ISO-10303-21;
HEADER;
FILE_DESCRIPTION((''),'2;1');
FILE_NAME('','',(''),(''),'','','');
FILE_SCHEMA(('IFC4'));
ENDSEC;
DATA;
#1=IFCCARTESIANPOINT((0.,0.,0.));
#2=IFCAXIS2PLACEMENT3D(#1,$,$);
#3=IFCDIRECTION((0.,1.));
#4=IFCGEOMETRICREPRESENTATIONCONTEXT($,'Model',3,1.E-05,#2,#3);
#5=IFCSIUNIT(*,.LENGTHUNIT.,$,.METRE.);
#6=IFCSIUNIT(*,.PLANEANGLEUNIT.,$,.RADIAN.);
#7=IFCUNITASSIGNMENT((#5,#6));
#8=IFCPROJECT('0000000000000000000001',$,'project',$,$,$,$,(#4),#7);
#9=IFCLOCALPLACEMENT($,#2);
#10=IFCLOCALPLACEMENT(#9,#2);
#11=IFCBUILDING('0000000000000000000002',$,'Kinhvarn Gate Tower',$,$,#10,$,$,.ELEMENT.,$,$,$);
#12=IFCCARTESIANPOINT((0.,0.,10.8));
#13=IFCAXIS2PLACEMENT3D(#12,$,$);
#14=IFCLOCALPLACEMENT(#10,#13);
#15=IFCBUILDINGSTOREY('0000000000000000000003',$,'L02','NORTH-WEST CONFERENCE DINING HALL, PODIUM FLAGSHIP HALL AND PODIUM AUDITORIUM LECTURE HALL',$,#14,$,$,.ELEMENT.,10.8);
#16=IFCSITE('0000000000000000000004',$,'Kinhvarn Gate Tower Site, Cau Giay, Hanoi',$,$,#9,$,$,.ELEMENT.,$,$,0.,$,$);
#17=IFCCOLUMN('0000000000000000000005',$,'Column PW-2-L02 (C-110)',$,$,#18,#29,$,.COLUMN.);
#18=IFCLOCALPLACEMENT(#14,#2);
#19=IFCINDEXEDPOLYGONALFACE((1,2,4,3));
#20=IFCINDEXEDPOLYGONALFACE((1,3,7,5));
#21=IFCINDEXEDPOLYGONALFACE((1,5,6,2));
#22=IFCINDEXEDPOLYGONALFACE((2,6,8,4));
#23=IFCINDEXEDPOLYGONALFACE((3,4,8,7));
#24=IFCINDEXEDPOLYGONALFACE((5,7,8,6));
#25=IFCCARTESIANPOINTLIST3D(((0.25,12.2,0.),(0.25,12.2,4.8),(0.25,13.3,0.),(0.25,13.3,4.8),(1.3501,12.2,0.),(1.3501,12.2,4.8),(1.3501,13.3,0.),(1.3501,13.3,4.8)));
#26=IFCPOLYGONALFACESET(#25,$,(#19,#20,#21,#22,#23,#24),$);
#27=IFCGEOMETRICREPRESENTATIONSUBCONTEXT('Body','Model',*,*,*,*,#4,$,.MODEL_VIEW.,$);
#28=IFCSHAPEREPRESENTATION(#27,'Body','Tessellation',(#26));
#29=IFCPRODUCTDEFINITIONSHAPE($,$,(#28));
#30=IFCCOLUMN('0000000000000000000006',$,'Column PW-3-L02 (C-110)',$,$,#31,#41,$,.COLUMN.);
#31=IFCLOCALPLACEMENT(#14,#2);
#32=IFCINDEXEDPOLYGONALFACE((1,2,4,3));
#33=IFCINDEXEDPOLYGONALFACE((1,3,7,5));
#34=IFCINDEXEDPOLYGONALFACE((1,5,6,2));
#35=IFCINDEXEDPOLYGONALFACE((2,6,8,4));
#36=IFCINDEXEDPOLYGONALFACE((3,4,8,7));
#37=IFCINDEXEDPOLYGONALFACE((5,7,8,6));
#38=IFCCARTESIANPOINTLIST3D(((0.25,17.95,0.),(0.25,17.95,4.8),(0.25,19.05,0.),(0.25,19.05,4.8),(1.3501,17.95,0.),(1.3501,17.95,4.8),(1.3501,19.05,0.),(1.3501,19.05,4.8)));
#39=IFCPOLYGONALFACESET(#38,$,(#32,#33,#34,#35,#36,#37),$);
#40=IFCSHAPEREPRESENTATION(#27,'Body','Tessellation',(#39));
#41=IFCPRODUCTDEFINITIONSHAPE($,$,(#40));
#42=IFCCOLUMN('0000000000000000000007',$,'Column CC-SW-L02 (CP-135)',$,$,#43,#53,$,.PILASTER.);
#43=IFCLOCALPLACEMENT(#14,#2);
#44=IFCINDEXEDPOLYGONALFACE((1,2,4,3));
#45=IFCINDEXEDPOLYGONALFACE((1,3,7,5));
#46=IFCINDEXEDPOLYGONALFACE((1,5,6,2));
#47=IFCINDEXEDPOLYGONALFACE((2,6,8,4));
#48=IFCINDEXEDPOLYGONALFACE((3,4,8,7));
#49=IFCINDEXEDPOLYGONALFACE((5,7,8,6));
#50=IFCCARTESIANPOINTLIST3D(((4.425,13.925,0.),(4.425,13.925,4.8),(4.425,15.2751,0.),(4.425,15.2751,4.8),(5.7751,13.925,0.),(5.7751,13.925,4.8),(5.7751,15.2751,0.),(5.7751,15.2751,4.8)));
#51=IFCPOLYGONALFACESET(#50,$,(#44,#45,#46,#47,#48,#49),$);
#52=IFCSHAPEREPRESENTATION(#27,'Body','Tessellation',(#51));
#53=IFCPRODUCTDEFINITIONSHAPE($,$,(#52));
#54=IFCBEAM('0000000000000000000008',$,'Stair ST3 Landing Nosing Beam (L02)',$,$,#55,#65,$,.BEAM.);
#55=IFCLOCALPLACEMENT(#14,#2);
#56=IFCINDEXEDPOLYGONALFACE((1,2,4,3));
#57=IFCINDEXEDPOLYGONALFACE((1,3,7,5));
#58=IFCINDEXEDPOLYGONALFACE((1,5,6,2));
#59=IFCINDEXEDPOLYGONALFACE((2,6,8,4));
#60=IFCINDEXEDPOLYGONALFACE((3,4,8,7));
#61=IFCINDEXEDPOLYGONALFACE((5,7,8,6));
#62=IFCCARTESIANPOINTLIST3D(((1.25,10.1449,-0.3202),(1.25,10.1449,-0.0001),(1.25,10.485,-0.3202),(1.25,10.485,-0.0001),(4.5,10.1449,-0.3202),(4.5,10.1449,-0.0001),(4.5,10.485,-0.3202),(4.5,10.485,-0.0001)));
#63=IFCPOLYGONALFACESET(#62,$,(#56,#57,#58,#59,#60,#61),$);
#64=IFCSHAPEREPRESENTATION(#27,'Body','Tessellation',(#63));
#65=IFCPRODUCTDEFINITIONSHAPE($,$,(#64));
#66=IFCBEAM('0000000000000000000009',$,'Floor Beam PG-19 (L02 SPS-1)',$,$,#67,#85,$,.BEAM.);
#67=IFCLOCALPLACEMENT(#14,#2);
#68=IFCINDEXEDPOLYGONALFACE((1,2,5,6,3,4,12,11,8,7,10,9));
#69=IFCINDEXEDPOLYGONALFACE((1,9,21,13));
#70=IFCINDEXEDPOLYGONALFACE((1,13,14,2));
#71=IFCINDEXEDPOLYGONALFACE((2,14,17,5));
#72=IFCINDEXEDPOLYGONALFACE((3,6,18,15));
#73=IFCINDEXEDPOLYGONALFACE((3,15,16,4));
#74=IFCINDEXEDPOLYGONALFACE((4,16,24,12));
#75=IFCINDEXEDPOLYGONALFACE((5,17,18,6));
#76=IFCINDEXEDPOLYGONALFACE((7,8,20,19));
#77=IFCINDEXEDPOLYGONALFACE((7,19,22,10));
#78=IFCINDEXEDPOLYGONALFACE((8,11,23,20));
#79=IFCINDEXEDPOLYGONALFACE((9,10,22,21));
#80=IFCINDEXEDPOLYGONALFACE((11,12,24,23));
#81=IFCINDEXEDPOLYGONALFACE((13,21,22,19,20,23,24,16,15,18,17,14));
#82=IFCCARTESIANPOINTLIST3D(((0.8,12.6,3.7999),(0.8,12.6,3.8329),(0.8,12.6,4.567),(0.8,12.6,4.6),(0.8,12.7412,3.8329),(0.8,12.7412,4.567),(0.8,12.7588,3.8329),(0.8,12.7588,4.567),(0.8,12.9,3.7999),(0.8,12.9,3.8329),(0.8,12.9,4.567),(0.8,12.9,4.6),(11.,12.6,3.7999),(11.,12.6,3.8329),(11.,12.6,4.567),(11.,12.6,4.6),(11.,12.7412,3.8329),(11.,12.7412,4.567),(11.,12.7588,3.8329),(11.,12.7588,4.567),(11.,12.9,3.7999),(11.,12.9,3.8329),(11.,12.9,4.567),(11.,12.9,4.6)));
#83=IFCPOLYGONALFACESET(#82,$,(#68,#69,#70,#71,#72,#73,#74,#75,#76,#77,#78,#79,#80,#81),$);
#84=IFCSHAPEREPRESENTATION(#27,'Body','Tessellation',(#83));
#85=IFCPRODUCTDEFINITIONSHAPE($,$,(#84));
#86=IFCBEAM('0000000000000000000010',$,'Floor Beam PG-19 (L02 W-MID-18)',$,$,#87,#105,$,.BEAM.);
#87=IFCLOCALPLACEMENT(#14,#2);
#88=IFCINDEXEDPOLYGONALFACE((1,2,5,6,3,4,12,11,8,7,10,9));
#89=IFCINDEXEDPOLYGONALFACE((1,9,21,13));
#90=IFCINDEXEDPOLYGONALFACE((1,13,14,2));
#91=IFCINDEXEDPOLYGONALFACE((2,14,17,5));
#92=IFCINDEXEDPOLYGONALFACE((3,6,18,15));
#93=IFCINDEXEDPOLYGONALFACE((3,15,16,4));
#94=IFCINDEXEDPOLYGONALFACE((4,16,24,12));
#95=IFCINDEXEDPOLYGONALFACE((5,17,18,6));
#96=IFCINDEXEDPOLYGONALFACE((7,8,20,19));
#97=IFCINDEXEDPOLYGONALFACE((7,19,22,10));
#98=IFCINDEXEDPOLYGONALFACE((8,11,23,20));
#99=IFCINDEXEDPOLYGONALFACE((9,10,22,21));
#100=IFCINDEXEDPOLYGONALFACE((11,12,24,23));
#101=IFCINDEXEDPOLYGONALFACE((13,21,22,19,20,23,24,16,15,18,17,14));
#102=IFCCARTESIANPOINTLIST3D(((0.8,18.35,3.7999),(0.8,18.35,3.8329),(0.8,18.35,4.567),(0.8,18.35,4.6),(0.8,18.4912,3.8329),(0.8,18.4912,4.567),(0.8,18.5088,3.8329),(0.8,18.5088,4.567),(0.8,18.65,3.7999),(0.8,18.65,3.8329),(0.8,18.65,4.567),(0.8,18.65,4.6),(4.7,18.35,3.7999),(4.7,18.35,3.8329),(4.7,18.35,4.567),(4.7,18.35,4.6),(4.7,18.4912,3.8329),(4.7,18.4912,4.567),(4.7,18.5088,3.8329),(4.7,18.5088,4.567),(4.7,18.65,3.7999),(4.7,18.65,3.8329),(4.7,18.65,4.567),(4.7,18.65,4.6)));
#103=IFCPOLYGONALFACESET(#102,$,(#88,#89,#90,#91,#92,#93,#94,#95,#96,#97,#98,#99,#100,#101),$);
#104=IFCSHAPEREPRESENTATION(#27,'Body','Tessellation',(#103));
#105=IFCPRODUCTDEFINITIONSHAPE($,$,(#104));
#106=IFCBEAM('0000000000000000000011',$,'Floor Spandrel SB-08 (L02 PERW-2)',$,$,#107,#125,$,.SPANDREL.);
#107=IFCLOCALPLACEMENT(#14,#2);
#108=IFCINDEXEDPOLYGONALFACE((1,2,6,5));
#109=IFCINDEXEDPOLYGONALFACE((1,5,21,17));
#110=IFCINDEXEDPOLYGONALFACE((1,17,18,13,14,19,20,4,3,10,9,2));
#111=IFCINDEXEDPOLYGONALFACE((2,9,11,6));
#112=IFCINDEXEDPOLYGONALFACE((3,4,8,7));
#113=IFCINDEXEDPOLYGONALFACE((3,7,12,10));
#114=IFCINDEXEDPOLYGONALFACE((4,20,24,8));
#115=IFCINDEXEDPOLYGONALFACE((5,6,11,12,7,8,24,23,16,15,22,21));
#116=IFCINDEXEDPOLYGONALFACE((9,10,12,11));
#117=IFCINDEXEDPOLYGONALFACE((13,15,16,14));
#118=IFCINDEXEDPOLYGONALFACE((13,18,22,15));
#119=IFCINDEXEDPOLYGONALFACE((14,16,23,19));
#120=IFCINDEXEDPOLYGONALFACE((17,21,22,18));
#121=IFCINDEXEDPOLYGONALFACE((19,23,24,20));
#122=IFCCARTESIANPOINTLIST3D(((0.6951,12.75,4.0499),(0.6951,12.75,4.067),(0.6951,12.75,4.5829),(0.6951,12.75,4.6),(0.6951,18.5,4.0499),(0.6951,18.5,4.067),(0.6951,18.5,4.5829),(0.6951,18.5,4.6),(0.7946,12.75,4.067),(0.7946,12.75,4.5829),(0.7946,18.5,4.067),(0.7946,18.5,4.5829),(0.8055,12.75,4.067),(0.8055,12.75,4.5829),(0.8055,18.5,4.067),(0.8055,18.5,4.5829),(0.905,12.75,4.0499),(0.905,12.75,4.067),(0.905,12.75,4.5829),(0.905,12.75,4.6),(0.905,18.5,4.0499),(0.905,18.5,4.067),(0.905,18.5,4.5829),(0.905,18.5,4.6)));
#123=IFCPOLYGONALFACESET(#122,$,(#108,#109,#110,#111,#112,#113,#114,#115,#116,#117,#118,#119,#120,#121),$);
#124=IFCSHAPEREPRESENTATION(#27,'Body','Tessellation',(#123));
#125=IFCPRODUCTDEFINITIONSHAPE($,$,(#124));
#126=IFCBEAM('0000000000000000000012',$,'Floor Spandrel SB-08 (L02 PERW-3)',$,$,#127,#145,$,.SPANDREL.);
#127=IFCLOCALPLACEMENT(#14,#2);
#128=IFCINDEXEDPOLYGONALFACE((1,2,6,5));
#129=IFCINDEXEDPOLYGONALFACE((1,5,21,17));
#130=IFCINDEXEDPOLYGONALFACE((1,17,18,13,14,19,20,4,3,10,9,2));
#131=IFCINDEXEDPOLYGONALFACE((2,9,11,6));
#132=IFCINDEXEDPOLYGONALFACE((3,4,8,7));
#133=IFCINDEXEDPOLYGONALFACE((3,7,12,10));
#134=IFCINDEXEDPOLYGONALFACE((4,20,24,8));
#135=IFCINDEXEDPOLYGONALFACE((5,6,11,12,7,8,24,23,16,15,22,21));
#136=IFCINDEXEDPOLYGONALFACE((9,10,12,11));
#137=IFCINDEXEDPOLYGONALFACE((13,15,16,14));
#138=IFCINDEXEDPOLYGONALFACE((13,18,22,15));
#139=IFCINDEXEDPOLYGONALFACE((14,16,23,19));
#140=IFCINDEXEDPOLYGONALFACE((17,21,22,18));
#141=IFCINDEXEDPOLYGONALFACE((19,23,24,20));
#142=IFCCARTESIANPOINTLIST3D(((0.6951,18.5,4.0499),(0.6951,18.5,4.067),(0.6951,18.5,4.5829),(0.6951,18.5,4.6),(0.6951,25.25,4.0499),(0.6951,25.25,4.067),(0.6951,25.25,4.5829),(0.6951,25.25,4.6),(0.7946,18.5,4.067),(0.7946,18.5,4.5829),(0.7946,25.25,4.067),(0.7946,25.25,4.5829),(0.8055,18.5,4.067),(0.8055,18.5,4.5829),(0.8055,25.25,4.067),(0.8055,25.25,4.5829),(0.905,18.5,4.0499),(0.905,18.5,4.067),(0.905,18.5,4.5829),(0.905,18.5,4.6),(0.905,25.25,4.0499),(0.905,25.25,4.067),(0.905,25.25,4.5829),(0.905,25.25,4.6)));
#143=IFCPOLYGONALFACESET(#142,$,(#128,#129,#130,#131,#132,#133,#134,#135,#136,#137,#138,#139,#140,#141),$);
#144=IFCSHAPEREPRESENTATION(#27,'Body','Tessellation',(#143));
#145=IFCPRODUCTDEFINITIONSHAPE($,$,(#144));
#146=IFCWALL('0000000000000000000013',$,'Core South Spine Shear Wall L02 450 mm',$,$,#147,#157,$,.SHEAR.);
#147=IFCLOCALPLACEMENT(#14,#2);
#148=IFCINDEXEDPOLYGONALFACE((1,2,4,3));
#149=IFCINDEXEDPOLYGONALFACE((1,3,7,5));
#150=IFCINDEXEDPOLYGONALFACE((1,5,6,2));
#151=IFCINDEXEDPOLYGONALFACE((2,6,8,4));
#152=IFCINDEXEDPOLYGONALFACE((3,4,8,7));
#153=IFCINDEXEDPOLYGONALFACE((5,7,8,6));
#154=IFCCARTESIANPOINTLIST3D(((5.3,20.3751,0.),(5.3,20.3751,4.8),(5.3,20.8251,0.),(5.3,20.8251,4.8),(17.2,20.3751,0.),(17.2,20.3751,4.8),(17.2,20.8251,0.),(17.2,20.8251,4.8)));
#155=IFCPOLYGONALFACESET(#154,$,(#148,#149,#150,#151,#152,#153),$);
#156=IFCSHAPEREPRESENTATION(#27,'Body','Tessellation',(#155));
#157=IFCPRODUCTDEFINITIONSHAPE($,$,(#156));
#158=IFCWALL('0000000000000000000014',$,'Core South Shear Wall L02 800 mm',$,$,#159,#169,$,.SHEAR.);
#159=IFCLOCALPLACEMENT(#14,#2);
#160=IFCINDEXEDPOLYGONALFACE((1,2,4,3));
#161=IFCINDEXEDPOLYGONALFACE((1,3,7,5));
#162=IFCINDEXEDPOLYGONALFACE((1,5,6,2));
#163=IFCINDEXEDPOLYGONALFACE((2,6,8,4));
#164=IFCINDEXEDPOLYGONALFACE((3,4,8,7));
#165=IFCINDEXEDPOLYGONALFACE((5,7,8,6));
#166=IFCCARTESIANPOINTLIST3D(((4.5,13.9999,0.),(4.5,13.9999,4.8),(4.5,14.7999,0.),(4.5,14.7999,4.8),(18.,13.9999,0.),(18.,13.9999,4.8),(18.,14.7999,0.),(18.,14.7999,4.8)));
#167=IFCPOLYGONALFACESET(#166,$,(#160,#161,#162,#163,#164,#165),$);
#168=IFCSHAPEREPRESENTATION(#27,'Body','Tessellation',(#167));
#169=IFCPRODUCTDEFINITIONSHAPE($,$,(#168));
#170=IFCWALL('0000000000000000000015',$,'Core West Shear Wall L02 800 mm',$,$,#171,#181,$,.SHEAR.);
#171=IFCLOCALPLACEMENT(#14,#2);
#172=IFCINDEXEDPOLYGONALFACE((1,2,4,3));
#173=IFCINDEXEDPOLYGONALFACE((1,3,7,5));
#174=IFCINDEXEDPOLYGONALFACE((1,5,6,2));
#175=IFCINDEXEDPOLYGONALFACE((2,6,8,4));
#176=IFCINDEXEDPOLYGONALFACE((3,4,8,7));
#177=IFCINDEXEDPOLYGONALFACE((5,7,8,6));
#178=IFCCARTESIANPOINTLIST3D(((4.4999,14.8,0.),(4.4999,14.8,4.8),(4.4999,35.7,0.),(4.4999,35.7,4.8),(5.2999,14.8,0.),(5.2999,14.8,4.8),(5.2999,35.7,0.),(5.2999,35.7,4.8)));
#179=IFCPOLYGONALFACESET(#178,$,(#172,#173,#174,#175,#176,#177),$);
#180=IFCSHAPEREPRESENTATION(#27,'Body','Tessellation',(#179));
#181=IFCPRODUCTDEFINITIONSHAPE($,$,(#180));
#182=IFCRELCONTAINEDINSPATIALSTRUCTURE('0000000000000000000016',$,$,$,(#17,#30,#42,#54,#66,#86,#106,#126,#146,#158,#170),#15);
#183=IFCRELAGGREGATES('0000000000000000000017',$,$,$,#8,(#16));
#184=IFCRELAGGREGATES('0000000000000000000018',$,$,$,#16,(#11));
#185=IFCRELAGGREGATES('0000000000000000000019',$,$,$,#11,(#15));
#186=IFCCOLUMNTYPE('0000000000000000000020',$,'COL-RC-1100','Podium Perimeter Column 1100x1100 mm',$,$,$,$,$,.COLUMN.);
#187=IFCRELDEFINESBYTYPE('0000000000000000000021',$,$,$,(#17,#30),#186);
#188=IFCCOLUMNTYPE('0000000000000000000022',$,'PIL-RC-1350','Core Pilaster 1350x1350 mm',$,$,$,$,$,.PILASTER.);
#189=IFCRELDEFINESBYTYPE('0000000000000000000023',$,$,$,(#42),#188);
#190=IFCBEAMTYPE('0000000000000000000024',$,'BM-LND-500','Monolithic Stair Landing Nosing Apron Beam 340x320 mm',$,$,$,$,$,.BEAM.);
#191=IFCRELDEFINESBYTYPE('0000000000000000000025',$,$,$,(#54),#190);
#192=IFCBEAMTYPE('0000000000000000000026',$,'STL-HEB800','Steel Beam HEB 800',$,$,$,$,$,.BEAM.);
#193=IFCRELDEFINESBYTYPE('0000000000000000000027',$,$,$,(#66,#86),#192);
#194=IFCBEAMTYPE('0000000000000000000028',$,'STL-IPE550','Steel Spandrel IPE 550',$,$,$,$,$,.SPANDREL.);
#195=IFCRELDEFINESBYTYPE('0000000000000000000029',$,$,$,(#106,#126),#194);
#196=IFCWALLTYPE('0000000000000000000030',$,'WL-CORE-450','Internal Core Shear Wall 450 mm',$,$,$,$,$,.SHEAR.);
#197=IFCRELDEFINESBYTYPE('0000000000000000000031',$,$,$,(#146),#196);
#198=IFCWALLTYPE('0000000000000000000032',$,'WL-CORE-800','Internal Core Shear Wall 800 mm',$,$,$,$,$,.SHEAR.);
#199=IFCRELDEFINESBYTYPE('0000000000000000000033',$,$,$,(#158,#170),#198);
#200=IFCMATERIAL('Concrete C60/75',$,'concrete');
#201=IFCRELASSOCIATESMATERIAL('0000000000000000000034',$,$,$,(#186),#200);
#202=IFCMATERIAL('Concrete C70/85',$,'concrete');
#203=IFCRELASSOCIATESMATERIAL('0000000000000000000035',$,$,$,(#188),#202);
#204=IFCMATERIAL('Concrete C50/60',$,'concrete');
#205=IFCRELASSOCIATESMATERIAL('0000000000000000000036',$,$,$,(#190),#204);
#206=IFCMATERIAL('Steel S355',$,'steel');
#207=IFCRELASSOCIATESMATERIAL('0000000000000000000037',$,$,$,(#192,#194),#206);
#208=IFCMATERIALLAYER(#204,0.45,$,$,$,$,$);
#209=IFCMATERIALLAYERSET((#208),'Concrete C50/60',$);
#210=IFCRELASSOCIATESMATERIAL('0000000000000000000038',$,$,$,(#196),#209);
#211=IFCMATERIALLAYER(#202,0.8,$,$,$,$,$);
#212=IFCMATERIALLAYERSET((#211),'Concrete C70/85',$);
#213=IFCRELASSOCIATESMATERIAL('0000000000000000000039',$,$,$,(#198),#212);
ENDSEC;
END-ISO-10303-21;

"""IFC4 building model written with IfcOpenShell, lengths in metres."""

from ifc_helpers import new_model, si_unit, direction, frame, frame_2d, origin, origin_2d, place, context, subcontext, project, spatial, rectangle, i_section, extrude, material, layer, layer_set, material_profile, profile_set, type_object, element, save


model = new_model("IFC4")

# Units and contexts
model_context = context("Model", 3, precision=1e-05, world=origin(), true_north=direction((0.0, 1.0)))
body_context = subcontext(model_context, "Body", "Model", "MODEL_VIEW")
ifc_project = project(units=[si_unit("LENGTHUNIT", "METRE"), si_unit("PLANEANGLEUNIT", "RADIAN")], contexts=[model_context])

# Site, building, storey
site_placement = place(None, origin())
site = spatial("IfcSite", under=ifc_project, at=site_placement, Name="Kinhvarn Gate Tower Site, Cau Giay, Hanoi", CompositionType="ELEMENT", RefElevation=0.0)
building_placement = place(site_placement, origin())
building = spatial("IfcBuilding", under=site, at=building_placement, Name="Kinhvarn Gate Tower", CompositionType="ELEMENT")
storey_placement = place(building_placement, frame((0.0, 0.0, 10.8)))
storey = spatial("IfcBuildingStorey", under=building, at=storey_placement, Name="L02", Description="NORTH-WEST CONFERENCE DINING HALL, PODIUM FLAGSHIP HALL AND PODIUM AUDITORIUM LECTURE HALL", CompositionType="ELEMENT", Elevation=10.8)

# Columns
ifc_material_1 = material(Name="Concrete C60/75", Category="concrete")
ifc_material_profile_1 = material_profile(ifc_material_1, rectangle(XDim=1.1001, YDim=1.1001, at=origin_2d()), Name="RC 1100x1100")
ifc_profile_set_1 = profile_set([ifc_material_profile_1], Name="Concrete C60/75")
column_type_1 = type_object("IfcColumnType", Name="COL-RC-1100", Description="Podium Perimeter Column 1100x1100 mm", PredefinedType="COLUMN", material=ifc_profile_set_1)
for number, where, z_axis, x_axis, name in (
    (1, (0.8, 12.75, 0.0), (0.0, 0.0, 1.0), (1.0, 0.0, 0.0), "Column PW-2-L02 (C-110)"),
    (2, (0.8, 18.5, 0.0), (0.0, 0.0, 1.0), (1.0, 0.0, 0.0), "Column PW-3-L02 (C-110)"),
):
    element("IfcColumn", number, at=place(storey_placement, frame(where, z_axis=z_axis, x_axis=x_axis)), inside=storey, type_object=column_type_1, Name=name, PredefinedType="COLUMN", context=body_context, shape_type="SweptSolid", body=[
        extrude(rectangle(XDim=1.1001, YDim=1.1001, at=origin_2d()), origin(), (0.0, 0.0, 1.0), 4.8),
    ])
ifc_material_2 = material(Name="Concrete C70/85", Category="concrete")
ifc_material_profile_2 = material_profile(ifc_material_2, rectangle(XDim=1.3501, YDim=1.3501, at=origin_2d()), Name="RC 1350x1350")
ifc_profile_set_2 = profile_set([ifc_material_profile_2], Name="Concrete C70/85")
column_type_2 = type_object("IfcColumnType", Name="PIL-RC-1350", Description="Core Pilaster 1350x1350 mm", PredefinedType="PILASTER", material=ifc_profile_set_2)
column_placement = place(storey_placement, frame((5.1001, 14.6001, 0.0), z_axis=(0.0, 0.0, 1.0), x_axis=(1.0, 0.0, 0.0)))
element("IfcColumn", 3, at=column_placement, inside=storey, type_object=column_type_2, Name="Column CC-SW-L02 (CP-135)", PredefinedType="PILASTER", context=body_context, shape_type="SweptSolid", body=[
    extrude(rectangle(XDim=1.3501, YDim=1.3501, at=origin_2d()), origin(), (0.0, 0.0, 1.0), 4.8),
])

# Beams
ifc_material_3 = material(Name="Concrete C50/60", Category="concrete")
ifc_material_profile_3 = material_profile(ifc_material_3, rectangle(XDim=0.3401, YDim=0.3201, at=origin_2d()), Name="RC 340x320")
ifc_profile_set_3 = profile_set([ifc_material_profile_3], Name="Concrete C50/60")
beam_type_1 = type_object("IfcBeamType", Name="BM-LND-500", Description="Monolithic Stair Landing Nosing Apron Beam 340x320 mm", PredefinedType="BEAM", material=ifc_profile_set_3)
beam_1_placement = place(storey_placement, frame((1.25, 10.3149, -0.1602), z_axis=(1.0, 0.0, 0.0), x_axis=(0.0, 1.0, 0.0)))
element("IfcBeam", 4, at=beam_1_placement, inside=storey, type_object=beam_type_1, Name="Stair ST3 Landing Nosing Beam (L02)", PredefinedType="BEAM", context=body_context, shape_type="SweptSolid", body=[
    extrude(rectangle(XDim=0.3401, YDim=0.3201, at=origin_2d()), origin(), (0.0, 0.0, 1.0), 3.25),
])
ifc_material_4 = material(Name="Steel S355", Category="steel")
ifc_material_profile_4 = material_profile(ifc_material_4, i_section(OverallWidth=0.3, OverallDepth=0.8, WebThickness=0.0176, FlangeThickness=0.033, at=origin_2d()), Name="HEB 800")
ifc_profile_set_4 = profile_set([ifc_material_profile_4], Name="Steel S355")
beam_type_2 = type_object("IfcBeamType", Name="STL-HEB800", Description="Steel Beam HEB 800", PredefinedType="BEAM", material=ifc_profile_set_4)
beam_2_placement = place(storey_placement, frame((0.8, 12.75, 4.2), z_axis=(1.0, 0.0, 0.0), x_axis=(0.0, 1.0, 0.0)))
element("IfcBeam", 5, at=beam_2_placement, inside=storey, type_object=beam_type_2, Name="Floor Beam PG-19 (L02 SPS-1)", PredefinedType="BEAM", context=body_context, shape_type="SweptSolid", body=[
    extrude(i_section(OverallWidth=0.3, OverallDepth=0.8, WebThickness=0.0176, FlangeThickness=0.033, at=origin_2d()), origin(), (0.0, 0.0, 1.0), 10.2),
])
beam_3_placement = place(storey_placement, frame((0.8, 18.5, 4.2), z_axis=(1.0, 0.0, 0.0), x_axis=(0.0, 1.0, 0.0)))
element("IfcBeam", 6, at=beam_3_placement, inside=storey, type_object=beam_type_2, Name="Floor Beam PG-19 (L02 W-MID-18)", PredefinedType="BEAM", context=body_context, shape_type="SweptSolid", body=[
    extrude(i_section(OverallWidth=0.3, OverallDepth=0.8, WebThickness=0.0176, FlangeThickness=0.033, at=origin_2d()), origin(), (0.0, 0.0, 1.0), 3.8999),
])
ifc_material_profile_5 = material_profile(ifc_material_4, i_section(OverallWidth=0.21, OverallDepth=0.55, WebThickness=0.011, FlangeThickness=0.0171, at=origin_2d()), Name="IPE 550")
ifc_profile_set_5 = profile_set([ifc_material_profile_5], Name="Steel S355")
beam_type_3 = type_object("IfcBeamType", Name="STL-IPE550", Description="Steel Spandrel IPE 550", PredefinedType="SPANDREL", material=ifc_profile_set_5)
beam_4_placement = place(storey_placement, frame((0.8, 12.75, 4.325), z_axis=(0.0, 1.0, 0.0), x_axis=(-1.0, 0.0, 0.0)))
element("IfcBeam", 7, at=beam_4_placement, inside=storey, type_object=beam_type_3, Name="Floor Spandrel SB-08 (L02 PERW-2)", PredefinedType="SPANDREL", context=body_context, shape_type="SweptSolid", body=[
    extrude(i_section(OverallWidth=0.21, OverallDepth=0.55, WebThickness=0.011, FlangeThickness=0.0171, at=origin_2d()), origin(), (0.0, 0.0, 1.0), 5.75),
])
beam_5_placement = place(storey_placement, frame((0.8, 18.5, 4.325), z_axis=(0.0, 1.0, 0.0), x_axis=(-1.0, 0.0, 0.0)))
element("IfcBeam", 8, at=beam_5_placement, inside=storey, type_object=beam_type_3, Name="Floor Spandrel SB-08 (L02 PERW-3)", PredefinedType="SPANDREL", context=body_context, shape_type="SweptSolid", body=[
    extrude(i_section(OverallWidth=0.21, OverallDepth=0.55, WebThickness=0.011, FlangeThickness=0.0171, at=origin_2d()), origin(), (0.0, 0.0, 1.0), 6.75),
])

# Walls
ifc_layer_1 = layer(ifc_material_3, 0.45)
ifc_layer_set_1 = layer_set([ifc_layer_1], Name="Concrete C50/60")
wall_type_1 = type_object("IfcWallType", Name="WL-CORE-450", Description="Internal Core Shear Wall 450 mm", PredefinedType="SHEAR", material=ifc_layer_set_1)
wall_1_placement = place(storey_placement, frame((5.3, 20.6001, 0.0), z_axis=(0.0, 0.0, 1.0), x_axis=(1.0, 0.0, 0.0)))
element("IfcWall", 9, at=wall_1_placement, inside=storey, type_object=wall_type_1, Name="Core South Spine Shear Wall L02 450 mm", PredefinedType="SHEAR", context=body_context, shape_type="SweptSolid", body=[
    extrude(rectangle(XDim=11.8999, YDim=0.45, at=frame_2d((5.95, 0.0))), origin(), (0.0, 0.0, 1.0), 4.8),
])
ifc_layer_2 = layer(ifc_material_2, 0.8)
ifc_layer_set_2 = layer_set([ifc_layer_2], Name="Concrete C70/85")
wall_type_2 = type_object("IfcWallType", Name="WL-CORE-800", Description="Internal Core Shear Wall 800 mm", PredefinedType="SHEAR", material=ifc_layer_set_2)
wall_2_placement = place(storey_placement, frame((4.5, 14.3999, 0.0), z_axis=(0.0, 0.0, 1.0), x_axis=(1.0, 0.0, 0.0)))
element("IfcWall", 10, at=wall_2_placement, inside=storey, type_object=wall_type_2, Name="Core South Shear Wall L02 800 mm", PredefinedType="SHEAR", context=body_context, shape_type="SweptSolid", body=[
    extrude(rectangle(XDim=13.5, YDim=0.8, at=frame_2d((6.75, 0.0))), origin(), (0.0, 0.0, 1.0), 4.8),
])
wall_3_placement = place(storey_placement, frame((4.8999, 14.8, 0.0), z_axis=(0.0, 0.0, 1.0), x_axis=(0.0, 1.0, 0.0)))
element("IfcWall", 11, at=wall_3_placement, inside=storey, type_object=wall_type_2, Name="Core West Shear Wall L02 800 mm", PredefinedType="SHEAR", context=body_context, shape_type="SweptSolid", body=[
    extrude(rectangle(XDim=20.8999, YDim=0.8, at=frame_2d((10.45, 0.0))), origin(), (0.0, 0.0, 1.0), 4.8),
])

save(model, "model.ifc")
